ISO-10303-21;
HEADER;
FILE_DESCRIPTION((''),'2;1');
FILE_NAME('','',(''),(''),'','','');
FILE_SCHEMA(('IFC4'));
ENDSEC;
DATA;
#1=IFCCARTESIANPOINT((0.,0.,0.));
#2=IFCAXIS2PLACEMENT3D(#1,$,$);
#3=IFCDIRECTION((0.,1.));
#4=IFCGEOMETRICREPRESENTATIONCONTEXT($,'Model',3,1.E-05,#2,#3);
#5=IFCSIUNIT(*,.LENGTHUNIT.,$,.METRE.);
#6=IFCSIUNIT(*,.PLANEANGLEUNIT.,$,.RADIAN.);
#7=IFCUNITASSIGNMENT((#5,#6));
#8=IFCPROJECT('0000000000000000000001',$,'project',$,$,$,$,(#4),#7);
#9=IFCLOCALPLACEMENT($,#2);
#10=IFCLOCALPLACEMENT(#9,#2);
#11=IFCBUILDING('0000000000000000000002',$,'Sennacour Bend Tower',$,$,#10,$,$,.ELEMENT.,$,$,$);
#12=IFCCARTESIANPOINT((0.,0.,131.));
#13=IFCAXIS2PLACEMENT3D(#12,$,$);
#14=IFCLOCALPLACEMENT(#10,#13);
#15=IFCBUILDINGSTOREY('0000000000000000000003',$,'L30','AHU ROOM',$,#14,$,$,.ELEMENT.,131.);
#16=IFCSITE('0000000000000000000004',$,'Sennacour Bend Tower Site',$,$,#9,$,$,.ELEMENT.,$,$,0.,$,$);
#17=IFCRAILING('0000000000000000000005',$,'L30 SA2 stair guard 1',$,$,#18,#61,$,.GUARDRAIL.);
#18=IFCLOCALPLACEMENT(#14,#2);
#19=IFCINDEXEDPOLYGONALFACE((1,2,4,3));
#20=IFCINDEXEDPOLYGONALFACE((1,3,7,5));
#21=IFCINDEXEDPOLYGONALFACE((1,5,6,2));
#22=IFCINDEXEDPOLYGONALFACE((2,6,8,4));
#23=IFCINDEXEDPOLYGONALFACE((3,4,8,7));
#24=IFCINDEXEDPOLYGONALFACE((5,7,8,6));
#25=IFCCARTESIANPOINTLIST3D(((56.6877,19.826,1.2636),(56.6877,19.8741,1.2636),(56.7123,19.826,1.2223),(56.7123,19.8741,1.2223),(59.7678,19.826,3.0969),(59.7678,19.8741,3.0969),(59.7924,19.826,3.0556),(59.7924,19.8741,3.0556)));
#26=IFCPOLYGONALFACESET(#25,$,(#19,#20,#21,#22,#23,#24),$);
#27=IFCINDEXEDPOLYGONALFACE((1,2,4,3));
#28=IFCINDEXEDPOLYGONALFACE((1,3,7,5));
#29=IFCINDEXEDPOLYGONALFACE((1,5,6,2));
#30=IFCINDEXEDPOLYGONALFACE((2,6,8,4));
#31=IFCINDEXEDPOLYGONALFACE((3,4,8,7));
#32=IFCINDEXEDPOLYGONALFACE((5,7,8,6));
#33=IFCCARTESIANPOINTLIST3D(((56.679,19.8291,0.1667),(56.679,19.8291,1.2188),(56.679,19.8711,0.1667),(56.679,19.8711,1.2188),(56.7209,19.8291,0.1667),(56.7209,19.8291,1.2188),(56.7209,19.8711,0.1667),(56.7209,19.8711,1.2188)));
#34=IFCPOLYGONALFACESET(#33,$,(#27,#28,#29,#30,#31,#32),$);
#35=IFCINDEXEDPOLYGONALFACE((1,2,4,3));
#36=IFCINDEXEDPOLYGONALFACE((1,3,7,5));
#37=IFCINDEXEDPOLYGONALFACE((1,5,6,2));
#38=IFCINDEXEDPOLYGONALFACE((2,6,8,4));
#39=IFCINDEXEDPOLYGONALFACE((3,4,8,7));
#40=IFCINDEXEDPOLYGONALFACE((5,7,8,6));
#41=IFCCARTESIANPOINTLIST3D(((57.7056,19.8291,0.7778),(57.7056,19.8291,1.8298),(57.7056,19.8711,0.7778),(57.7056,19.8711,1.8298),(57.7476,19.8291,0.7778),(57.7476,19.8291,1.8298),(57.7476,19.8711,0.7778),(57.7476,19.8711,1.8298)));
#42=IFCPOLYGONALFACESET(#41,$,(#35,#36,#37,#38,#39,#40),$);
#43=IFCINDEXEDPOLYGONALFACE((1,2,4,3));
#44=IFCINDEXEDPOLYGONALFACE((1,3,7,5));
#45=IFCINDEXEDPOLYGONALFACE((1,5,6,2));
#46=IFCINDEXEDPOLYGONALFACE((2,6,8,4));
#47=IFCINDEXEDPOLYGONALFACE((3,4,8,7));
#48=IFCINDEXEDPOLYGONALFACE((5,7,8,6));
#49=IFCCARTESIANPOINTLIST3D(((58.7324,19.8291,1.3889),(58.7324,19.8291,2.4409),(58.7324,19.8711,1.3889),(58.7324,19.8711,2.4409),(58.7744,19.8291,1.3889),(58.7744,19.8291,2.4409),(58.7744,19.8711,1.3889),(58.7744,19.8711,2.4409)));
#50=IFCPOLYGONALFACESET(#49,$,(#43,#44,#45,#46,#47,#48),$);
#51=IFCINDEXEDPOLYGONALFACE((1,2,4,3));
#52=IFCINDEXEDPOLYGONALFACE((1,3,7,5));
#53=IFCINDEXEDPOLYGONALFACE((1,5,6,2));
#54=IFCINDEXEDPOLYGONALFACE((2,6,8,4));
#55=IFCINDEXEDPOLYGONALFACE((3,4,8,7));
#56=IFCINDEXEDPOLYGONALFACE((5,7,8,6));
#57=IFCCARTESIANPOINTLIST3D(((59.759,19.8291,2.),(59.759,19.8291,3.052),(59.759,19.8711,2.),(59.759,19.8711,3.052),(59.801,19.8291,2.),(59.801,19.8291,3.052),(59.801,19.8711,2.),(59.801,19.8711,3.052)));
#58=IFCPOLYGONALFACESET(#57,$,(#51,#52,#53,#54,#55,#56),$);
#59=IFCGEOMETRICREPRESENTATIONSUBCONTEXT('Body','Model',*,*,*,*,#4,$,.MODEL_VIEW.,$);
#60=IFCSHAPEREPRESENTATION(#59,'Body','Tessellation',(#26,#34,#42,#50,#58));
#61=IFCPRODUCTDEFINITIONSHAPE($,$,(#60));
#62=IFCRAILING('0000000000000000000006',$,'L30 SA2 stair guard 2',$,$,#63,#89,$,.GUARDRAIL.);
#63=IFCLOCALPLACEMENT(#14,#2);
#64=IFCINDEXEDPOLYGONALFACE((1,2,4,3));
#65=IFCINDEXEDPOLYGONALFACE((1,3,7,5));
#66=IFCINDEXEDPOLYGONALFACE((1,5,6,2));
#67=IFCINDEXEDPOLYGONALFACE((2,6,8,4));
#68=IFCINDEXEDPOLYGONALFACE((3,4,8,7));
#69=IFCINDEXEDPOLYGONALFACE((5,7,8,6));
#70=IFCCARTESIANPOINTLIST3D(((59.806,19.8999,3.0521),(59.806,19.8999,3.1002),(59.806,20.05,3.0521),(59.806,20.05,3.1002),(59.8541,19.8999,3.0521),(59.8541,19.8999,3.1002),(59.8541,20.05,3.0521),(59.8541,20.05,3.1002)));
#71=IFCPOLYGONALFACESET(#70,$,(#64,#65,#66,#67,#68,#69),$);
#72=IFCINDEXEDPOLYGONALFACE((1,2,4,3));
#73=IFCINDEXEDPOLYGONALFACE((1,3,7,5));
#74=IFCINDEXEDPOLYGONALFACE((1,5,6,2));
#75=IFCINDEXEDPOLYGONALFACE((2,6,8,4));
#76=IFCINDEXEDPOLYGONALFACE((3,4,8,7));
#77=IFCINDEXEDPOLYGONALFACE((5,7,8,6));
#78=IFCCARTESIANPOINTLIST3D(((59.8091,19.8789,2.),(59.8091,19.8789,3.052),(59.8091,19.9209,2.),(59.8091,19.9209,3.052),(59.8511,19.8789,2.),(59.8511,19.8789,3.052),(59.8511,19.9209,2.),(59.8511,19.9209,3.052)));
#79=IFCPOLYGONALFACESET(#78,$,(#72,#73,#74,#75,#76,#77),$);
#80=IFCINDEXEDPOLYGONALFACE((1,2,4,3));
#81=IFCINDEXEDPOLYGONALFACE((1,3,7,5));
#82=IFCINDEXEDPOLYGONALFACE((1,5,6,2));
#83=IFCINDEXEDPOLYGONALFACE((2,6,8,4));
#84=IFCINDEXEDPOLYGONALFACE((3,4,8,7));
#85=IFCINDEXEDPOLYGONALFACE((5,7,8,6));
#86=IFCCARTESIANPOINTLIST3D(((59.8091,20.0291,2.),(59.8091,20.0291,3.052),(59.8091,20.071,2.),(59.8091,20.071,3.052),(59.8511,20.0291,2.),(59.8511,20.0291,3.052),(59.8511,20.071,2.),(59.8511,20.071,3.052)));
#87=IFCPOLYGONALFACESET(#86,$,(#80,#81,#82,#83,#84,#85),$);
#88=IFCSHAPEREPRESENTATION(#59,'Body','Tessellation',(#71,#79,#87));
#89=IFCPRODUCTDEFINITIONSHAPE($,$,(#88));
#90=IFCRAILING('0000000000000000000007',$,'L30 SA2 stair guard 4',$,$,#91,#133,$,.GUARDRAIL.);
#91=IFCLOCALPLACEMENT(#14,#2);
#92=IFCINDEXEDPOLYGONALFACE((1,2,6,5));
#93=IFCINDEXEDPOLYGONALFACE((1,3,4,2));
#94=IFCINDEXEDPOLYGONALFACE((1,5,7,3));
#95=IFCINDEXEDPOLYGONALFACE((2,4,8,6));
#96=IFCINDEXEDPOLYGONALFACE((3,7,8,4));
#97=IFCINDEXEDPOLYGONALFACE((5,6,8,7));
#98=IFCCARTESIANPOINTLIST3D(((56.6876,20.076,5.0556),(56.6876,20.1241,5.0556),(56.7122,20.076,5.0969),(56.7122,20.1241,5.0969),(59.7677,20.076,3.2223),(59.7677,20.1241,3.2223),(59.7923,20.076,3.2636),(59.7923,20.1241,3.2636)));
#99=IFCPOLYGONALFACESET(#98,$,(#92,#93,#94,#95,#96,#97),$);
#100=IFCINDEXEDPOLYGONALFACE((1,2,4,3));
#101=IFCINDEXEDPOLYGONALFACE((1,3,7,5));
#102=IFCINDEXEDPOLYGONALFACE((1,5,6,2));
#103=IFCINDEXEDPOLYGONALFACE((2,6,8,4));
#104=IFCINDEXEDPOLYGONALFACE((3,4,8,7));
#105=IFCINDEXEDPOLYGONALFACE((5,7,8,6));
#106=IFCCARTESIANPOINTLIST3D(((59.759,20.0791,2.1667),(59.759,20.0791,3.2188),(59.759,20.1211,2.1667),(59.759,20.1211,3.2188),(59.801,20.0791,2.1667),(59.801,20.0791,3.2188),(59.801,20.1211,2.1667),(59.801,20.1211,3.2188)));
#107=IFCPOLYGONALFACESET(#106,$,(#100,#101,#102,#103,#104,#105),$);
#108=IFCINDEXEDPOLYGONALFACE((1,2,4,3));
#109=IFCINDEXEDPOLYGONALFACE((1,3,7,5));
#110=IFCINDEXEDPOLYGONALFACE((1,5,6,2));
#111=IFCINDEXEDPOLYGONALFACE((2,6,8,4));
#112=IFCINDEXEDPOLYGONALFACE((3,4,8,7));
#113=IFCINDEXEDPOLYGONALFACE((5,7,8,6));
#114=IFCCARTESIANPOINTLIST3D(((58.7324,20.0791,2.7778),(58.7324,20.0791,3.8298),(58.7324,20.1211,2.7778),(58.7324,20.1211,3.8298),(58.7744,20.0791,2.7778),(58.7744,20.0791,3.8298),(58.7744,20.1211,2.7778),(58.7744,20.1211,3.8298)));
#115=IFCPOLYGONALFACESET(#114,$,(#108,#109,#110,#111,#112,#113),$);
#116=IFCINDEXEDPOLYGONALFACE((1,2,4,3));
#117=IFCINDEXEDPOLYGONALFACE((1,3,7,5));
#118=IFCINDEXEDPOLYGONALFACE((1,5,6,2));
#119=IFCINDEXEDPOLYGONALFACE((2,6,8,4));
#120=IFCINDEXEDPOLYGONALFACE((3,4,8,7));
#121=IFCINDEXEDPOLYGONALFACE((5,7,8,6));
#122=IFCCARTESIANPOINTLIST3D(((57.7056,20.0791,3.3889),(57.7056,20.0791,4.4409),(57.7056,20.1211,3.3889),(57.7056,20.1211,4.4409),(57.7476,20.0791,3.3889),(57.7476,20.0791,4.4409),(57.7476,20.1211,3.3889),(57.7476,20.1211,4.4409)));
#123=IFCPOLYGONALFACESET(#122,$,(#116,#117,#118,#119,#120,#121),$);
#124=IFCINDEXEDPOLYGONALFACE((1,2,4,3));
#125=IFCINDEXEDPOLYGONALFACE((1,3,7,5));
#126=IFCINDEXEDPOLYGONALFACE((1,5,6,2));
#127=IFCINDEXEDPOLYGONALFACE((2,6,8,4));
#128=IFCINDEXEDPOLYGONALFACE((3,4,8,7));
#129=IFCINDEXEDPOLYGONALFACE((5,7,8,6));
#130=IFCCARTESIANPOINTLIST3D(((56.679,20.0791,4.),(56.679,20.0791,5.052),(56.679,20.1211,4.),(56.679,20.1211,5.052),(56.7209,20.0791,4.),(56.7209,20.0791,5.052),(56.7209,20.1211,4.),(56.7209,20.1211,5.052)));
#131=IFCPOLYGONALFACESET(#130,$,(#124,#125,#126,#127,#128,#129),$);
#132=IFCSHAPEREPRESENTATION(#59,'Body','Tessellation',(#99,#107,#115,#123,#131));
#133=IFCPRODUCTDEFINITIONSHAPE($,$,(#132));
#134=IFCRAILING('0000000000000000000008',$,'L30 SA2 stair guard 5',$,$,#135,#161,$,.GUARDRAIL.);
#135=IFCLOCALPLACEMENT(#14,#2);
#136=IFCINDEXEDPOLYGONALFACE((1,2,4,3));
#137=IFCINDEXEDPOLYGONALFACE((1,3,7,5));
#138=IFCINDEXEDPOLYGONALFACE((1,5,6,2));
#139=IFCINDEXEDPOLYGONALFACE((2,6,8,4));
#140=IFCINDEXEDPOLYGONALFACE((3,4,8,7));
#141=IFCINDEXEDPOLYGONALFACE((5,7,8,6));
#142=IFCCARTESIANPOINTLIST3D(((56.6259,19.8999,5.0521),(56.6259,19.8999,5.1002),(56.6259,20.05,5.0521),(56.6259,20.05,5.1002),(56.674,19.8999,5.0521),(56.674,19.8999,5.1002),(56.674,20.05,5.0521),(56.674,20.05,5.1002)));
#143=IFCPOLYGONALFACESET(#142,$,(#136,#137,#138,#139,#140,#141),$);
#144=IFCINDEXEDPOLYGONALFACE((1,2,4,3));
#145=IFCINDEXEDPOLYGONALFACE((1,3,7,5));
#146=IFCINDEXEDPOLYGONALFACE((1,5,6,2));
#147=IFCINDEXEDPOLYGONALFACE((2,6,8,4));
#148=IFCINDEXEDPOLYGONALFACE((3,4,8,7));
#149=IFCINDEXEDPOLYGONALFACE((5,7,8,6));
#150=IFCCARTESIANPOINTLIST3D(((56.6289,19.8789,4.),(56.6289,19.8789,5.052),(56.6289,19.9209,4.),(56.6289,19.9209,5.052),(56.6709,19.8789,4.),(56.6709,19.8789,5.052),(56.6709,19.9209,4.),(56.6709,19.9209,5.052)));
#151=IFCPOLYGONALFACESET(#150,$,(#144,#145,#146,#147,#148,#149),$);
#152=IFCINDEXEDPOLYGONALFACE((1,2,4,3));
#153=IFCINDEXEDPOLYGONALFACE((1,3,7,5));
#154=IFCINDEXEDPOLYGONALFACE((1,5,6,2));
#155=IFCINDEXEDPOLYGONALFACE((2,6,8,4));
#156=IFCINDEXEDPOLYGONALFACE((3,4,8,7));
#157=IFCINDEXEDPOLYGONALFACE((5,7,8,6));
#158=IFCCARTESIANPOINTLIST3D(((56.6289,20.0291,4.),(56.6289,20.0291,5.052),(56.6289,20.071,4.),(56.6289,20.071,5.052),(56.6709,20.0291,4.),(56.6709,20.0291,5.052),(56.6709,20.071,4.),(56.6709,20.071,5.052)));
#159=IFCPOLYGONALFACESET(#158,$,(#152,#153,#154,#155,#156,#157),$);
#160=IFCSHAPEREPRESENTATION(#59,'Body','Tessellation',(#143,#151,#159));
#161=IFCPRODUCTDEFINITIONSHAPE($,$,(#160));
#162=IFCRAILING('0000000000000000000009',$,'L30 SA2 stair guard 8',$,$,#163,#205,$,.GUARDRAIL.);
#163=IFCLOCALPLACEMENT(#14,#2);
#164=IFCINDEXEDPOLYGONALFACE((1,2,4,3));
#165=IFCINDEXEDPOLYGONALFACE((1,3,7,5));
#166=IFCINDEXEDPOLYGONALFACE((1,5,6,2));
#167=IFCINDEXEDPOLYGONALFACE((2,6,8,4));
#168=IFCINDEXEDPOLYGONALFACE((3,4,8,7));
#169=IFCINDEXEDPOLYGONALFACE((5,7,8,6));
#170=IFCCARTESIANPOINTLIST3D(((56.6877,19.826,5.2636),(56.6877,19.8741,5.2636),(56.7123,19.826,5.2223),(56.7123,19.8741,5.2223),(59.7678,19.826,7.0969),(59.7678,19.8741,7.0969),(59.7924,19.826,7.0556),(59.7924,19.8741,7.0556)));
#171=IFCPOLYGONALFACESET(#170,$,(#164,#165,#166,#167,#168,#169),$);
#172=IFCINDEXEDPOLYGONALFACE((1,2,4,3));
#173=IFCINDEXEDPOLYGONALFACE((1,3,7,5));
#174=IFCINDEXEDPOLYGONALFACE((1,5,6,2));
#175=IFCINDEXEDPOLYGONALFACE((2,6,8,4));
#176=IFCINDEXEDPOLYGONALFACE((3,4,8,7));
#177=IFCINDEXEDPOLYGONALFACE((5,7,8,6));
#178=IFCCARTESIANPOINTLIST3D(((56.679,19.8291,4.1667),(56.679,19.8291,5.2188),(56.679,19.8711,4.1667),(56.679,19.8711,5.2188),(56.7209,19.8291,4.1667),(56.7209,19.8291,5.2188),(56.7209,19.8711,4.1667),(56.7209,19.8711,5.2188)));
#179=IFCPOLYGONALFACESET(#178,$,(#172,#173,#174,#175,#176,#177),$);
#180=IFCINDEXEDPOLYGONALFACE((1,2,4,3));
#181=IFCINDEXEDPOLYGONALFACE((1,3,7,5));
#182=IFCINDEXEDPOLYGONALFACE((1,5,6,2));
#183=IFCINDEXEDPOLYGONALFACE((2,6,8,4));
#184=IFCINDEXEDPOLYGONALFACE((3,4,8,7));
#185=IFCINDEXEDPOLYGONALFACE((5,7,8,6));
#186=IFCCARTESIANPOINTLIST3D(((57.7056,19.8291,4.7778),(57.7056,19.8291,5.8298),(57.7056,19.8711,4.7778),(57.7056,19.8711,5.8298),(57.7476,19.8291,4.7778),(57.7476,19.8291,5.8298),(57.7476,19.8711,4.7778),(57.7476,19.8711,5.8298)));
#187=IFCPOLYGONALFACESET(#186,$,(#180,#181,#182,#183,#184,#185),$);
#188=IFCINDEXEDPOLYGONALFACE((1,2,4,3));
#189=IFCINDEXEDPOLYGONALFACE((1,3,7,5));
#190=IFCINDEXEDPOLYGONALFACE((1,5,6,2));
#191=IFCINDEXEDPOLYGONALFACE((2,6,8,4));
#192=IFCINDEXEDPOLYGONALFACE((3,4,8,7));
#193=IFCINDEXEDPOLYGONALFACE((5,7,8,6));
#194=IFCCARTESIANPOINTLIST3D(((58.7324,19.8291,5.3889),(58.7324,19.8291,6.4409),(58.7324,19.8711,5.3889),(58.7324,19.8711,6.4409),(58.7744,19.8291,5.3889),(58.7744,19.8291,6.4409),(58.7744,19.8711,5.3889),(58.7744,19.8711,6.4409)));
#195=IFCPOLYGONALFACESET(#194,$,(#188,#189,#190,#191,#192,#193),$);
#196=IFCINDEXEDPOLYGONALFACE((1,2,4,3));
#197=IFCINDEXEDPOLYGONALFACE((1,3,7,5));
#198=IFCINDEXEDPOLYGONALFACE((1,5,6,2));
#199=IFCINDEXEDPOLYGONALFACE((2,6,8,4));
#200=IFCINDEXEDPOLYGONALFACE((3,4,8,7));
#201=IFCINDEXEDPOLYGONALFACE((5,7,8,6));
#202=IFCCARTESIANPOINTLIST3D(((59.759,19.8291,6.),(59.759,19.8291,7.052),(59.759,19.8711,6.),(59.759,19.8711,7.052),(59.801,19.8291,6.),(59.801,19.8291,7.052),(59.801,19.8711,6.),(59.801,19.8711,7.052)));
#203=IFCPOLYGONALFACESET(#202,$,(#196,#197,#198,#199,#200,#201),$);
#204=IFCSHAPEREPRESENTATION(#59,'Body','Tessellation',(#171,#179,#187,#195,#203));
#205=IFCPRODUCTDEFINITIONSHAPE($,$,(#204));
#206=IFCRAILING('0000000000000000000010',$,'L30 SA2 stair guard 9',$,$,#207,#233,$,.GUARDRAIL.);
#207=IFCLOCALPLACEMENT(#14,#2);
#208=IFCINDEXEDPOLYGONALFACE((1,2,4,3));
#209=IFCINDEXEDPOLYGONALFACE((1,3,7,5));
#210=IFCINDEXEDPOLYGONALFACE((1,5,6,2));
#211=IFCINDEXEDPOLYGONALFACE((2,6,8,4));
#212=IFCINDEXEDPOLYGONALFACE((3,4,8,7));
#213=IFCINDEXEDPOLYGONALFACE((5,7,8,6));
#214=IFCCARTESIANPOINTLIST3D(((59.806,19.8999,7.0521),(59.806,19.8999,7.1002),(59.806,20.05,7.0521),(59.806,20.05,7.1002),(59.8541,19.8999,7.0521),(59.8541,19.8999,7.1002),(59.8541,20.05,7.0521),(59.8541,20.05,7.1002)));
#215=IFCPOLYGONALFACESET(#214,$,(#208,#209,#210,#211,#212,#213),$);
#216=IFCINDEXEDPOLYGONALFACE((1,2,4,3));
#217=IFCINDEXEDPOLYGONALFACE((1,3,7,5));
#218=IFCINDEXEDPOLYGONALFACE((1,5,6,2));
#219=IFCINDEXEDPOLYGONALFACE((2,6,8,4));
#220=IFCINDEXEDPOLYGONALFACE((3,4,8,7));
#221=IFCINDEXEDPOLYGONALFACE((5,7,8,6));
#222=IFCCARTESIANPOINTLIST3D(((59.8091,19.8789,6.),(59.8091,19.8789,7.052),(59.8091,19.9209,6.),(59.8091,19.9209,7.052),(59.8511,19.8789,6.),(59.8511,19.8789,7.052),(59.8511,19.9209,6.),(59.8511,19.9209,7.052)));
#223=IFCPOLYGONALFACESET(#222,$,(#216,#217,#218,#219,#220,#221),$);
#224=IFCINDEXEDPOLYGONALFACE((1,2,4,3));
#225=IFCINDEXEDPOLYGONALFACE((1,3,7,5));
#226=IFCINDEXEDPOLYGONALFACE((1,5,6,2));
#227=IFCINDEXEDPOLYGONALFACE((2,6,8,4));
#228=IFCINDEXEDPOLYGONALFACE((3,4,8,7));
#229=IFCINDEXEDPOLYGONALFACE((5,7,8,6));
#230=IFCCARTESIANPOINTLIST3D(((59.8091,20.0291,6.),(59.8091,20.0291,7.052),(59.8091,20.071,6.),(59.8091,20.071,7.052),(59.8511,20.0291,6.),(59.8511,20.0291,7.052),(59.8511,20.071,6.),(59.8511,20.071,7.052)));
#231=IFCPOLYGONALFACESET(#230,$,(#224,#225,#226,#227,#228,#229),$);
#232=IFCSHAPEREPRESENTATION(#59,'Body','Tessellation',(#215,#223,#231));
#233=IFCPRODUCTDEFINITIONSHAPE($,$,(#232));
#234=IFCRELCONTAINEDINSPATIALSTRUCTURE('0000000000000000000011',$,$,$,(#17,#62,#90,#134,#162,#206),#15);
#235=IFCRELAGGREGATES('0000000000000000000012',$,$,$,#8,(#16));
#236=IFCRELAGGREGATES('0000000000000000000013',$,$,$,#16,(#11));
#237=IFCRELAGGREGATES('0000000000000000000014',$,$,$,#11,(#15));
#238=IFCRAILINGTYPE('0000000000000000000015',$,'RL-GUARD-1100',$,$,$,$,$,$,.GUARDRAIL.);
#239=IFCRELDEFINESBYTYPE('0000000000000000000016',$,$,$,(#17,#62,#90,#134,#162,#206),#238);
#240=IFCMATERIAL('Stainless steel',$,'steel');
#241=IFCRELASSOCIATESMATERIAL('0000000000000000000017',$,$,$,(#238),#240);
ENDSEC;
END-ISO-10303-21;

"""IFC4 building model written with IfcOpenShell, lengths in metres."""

from ifc_helpers import new_model, si_unit, direction, frame, origin, origin_2d, place, context, subcontext, project, spatial, rectangle, extrude, material, type_object, element, save


model = new_model("IFC4")

# Units and contexts
model_context = context("Model", 3, precision=1e-05, world=origin(), true_north=direction((0.0, 1.0)))
body_context = subcontext(model_context, "Body", "Model", "MODEL_VIEW")
ifc_project = project(units=[si_unit("LENGTHUNIT", "METRE"), si_unit("PLANEANGLEUNIT", "RADIAN")], contexts=[model_context])

# Site, building, storey
site_placement = place(None, origin())
site = spatial("IfcSite", under=ifc_project, at=site_placement, Name="Sennacour Bend Tower Site", CompositionType="ELEMENT", RefElevation=0.0)
building_placement = place(site_placement, origin())
building = spatial("IfcBuilding", under=site, at=building_placement, Name="Sennacour Bend Tower", CompositionType="ELEMENT")
storey_placement = place(building_placement, frame((0.0, 0.0, 131.0)))
storey = spatial("IfcBuildingStorey", under=building, at=storey_placement, Name="L30", Description="AHU ROOM", CompositionType="ELEMENT", Elevation=131.0)

# Railings
ifc_material_1 = material(Name="Stainless steel", Category="steel")
railing_type_1 = type_object("IfcRailingType", Name="RL-GUARD-1100", PredefinedType="GUARDRAIL", material=ifc_material_1)
railing_1_placement = place(storey_placement, frame((56.7, 19.8501, 0.1667)))
element("IfcRailing", 1, at=railing_1_placement, inside=storey, type_object=railing_type_1, Name="L30 SA2 stair guard 1", PredefinedType="GUARDRAIL", context=body_context, shape_type="SweptSolid", body=[
    extrude(rectangle(XDim=0.0481, YDim=0.0481, at=origin_2d()), frame((0.0, 0.0, 1.0762), z_axis=(0.859309, 0.0, 0.511458), x_axis=(0.0, 1.0, 0.0)), (0.0, 0.0, 1.0), 3.5845),
    extrude(rectangle(XDim=0.042, YDim=0.042, at=origin_2d()), origin(), (0.0, 0.0, 1.0), 1.052),
    extrude(rectangle(XDim=0.042, YDim=0.042, at=origin_2d()), frame((1.0266, 0.0, 0.6111)), (0.0, 0.0, 1.0), 1.052),
    extrude(rectangle(XDim=0.042, YDim=0.042, at=origin_2d()), frame((2.0535, 0.0, 1.2222)), (0.0, 0.0, 1.0), 1.052),
    extrude(rectangle(XDim=0.042, YDim=0.042, at=origin_2d()), frame((3.0801, 0.0, 1.8333)), (0.0, 0.0, 1.0), 1.052),
])
railing_2_placement = place(storey_placement, frame((59.8301, 19.8999, 2.0)))
element("IfcRailing", 2, at=railing_2_placement, inside=storey, type_object=railing_type_1, Name="L30 SA2 stair guard 2", PredefinedType="GUARDRAIL", context=body_context, shape_type="SweptSolid", body=[
    extrude(rectangle(XDim=0.0481, YDim=0.0481, at=origin_2d()), frame((0.0, 0.0, 1.0762), z_axis=(0.0, 1.0, 0.0), x_axis=(-1.0, 0.0, 0.0)), (0.0, 0.0, 1.0), 0.1501),
    extrude(rectangle(XDim=0.042, YDim=0.042, at=origin_2d()), origin(), (0.0, 0.0, 1.0), 1.052),
    extrude(rectangle(XDim=0.042, YDim=0.042, at=origin_2d()), frame((0.0, 0.1501, 0.0)), (0.0, 0.0, 1.0), 1.052),
])
railing_3_placement = place(storey_placement, frame((59.78, 20.1001, 2.1667)))
element("IfcRailing", 3, at=railing_3_placement, inside=storey, type_object=railing_type_1, Name="L30 SA2 stair guard 4", PredefinedType="GUARDRAIL", context=body_context, shape_type="SweptSolid", body=[
    extrude(rectangle(XDim=0.0481, YDim=0.0481, at=origin_2d()), frame((0.0, 0.0, 1.0762), z_axis=(-0.859309, 0.0, 0.511458), x_axis=(0.0, -1.0, 0.0)), (0.0, 0.0, 1.0), 3.5845),
    extrude(rectangle(XDim=0.042, YDim=0.042, at=origin_2d()), origin(), (0.0, 0.0, 1.0), 1.052),
    extrude(rectangle(XDim=0.042, YDim=0.042, at=origin_2d()), frame((-1.0266, 0.0, 0.6111)), (0.0, 0.0, 1.0), 1.052),
    extrude(rectangle(XDim=0.042, YDim=0.042, at=origin_2d()), frame((-2.0535, 0.0, 1.2222)), (0.0, 0.0, 1.0), 1.052),
    extrude(rectangle(XDim=0.042, YDim=0.042, at=origin_2d()), frame((-3.0801, 0.0, 1.8333)), (0.0, 0.0, 1.0), 1.052),
])
railing_4_placement = place(storey_placement, frame((56.6499, 19.8999, 4.0)))
element("IfcRailing", 4, at=railing_4_placement, inside=storey, type_object=railing_type_1, Name="L30 SA2 stair guard 5", PredefinedType="GUARDRAIL", context=body_context, shape_type="SweptSolid", body=[
    extrude(rectangle(XDim=0.0481, YDim=0.0481, at=origin_2d()), frame((0.0, 0.0, 1.0762), z_axis=(0.0, 1.0, 0.0), x_axis=(-1.0, 0.0, 0.0)), (0.0, 0.0, 1.0), 0.1501),
    extrude(rectangle(XDim=0.042, YDim=0.042, at=origin_2d()), origin(), (0.0, 0.0, 1.0), 1.052),
    extrude(rectangle(XDim=0.042, YDim=0.042, at=origin_2d()), frame((0.0, 0.1501, 0.0)), (0.0, 0.0, 1.0), 1.052),
])
railing_5_placement = place(storey_placement, frame((56.7, 19.8501, 4.1667)))
element("IfcRailing", 5, at=railing_5_placement, inside=storey, type_object=railing_type_1, Name="L30 SA2 stair guard 8", PredefinedType="GUARDRAIL", context=body_context, shape_type="SweptSolid", body=[
    extrude(rectangle(XDim=0.0481, YDim=0.0481, at=origin_2d()), frame((0.0, 0.0, 1.0762), z_axis=(0.859309, 0.0, 0.511458), x_axis=(0.0, 1.0, 0.0)), (0.0, 0.0, 1.0), 3.5845),
    extrude(rectangle(XDim=0.042, YDim=0.042, at=origin_2d()), origin(), (0.0, 0.0, 1.0), 1.052),
    extrude(rectangle(XDim=0.042, YDim=0.042, at=origin_2d()), frame((1.0266, 0.0, 0.6111)), (0.0, 0.0, 1.0), 1.052),
    extrude(rectangle(XDim=0.042, YDim=0.042, at=origin_2d()), frame((2.0535, 0.0, 1.2222)), (0.0, 0.0, 1.0), 1.052),
    extrude(rectangle(XDim=0.042, YDim=0.042, at=origin_2d()), frame((3.0801, 0.0, 1.8333)), (0.0, 0.0, 1.0), 1.052),
])
railing_6_placement = place(storey_placement, frame((59.8301, 19.8999, 6.0)))
element("IfcRailing", 6, at=railing_6_placement, inside=storey, type_object=railing_type_1, Name="L30 SA2 stair guard 9", PredefinedType="GUARDRAIL", context=body_context, shape_type="SweptSolid", body=[
    extrude(rectangle(XDim=0.0481, YDim=0.0481, at=origin_2d()), frame((0.0, 0.0, 1.0762), z_axis=(0.0, 1.0, 0.0), x_axis=(-1.0, 0.0, 0.0)), (0.0, 0.0, 1.0), 0.1501),
    extrude(rectangle(XDim=0.042, YDim=0.042, at=origin_2d()), origin(), (0.0, 0.0, 1.0), 1.052),
    extrude(rectangle(XDim=0.042, YDim=0.042, at=origin_2d()), frame((0.0, 0.1501, 0.0)), (0.0, 0.0, 1.0), 1.052),
])

save(model, "model.ifc")
